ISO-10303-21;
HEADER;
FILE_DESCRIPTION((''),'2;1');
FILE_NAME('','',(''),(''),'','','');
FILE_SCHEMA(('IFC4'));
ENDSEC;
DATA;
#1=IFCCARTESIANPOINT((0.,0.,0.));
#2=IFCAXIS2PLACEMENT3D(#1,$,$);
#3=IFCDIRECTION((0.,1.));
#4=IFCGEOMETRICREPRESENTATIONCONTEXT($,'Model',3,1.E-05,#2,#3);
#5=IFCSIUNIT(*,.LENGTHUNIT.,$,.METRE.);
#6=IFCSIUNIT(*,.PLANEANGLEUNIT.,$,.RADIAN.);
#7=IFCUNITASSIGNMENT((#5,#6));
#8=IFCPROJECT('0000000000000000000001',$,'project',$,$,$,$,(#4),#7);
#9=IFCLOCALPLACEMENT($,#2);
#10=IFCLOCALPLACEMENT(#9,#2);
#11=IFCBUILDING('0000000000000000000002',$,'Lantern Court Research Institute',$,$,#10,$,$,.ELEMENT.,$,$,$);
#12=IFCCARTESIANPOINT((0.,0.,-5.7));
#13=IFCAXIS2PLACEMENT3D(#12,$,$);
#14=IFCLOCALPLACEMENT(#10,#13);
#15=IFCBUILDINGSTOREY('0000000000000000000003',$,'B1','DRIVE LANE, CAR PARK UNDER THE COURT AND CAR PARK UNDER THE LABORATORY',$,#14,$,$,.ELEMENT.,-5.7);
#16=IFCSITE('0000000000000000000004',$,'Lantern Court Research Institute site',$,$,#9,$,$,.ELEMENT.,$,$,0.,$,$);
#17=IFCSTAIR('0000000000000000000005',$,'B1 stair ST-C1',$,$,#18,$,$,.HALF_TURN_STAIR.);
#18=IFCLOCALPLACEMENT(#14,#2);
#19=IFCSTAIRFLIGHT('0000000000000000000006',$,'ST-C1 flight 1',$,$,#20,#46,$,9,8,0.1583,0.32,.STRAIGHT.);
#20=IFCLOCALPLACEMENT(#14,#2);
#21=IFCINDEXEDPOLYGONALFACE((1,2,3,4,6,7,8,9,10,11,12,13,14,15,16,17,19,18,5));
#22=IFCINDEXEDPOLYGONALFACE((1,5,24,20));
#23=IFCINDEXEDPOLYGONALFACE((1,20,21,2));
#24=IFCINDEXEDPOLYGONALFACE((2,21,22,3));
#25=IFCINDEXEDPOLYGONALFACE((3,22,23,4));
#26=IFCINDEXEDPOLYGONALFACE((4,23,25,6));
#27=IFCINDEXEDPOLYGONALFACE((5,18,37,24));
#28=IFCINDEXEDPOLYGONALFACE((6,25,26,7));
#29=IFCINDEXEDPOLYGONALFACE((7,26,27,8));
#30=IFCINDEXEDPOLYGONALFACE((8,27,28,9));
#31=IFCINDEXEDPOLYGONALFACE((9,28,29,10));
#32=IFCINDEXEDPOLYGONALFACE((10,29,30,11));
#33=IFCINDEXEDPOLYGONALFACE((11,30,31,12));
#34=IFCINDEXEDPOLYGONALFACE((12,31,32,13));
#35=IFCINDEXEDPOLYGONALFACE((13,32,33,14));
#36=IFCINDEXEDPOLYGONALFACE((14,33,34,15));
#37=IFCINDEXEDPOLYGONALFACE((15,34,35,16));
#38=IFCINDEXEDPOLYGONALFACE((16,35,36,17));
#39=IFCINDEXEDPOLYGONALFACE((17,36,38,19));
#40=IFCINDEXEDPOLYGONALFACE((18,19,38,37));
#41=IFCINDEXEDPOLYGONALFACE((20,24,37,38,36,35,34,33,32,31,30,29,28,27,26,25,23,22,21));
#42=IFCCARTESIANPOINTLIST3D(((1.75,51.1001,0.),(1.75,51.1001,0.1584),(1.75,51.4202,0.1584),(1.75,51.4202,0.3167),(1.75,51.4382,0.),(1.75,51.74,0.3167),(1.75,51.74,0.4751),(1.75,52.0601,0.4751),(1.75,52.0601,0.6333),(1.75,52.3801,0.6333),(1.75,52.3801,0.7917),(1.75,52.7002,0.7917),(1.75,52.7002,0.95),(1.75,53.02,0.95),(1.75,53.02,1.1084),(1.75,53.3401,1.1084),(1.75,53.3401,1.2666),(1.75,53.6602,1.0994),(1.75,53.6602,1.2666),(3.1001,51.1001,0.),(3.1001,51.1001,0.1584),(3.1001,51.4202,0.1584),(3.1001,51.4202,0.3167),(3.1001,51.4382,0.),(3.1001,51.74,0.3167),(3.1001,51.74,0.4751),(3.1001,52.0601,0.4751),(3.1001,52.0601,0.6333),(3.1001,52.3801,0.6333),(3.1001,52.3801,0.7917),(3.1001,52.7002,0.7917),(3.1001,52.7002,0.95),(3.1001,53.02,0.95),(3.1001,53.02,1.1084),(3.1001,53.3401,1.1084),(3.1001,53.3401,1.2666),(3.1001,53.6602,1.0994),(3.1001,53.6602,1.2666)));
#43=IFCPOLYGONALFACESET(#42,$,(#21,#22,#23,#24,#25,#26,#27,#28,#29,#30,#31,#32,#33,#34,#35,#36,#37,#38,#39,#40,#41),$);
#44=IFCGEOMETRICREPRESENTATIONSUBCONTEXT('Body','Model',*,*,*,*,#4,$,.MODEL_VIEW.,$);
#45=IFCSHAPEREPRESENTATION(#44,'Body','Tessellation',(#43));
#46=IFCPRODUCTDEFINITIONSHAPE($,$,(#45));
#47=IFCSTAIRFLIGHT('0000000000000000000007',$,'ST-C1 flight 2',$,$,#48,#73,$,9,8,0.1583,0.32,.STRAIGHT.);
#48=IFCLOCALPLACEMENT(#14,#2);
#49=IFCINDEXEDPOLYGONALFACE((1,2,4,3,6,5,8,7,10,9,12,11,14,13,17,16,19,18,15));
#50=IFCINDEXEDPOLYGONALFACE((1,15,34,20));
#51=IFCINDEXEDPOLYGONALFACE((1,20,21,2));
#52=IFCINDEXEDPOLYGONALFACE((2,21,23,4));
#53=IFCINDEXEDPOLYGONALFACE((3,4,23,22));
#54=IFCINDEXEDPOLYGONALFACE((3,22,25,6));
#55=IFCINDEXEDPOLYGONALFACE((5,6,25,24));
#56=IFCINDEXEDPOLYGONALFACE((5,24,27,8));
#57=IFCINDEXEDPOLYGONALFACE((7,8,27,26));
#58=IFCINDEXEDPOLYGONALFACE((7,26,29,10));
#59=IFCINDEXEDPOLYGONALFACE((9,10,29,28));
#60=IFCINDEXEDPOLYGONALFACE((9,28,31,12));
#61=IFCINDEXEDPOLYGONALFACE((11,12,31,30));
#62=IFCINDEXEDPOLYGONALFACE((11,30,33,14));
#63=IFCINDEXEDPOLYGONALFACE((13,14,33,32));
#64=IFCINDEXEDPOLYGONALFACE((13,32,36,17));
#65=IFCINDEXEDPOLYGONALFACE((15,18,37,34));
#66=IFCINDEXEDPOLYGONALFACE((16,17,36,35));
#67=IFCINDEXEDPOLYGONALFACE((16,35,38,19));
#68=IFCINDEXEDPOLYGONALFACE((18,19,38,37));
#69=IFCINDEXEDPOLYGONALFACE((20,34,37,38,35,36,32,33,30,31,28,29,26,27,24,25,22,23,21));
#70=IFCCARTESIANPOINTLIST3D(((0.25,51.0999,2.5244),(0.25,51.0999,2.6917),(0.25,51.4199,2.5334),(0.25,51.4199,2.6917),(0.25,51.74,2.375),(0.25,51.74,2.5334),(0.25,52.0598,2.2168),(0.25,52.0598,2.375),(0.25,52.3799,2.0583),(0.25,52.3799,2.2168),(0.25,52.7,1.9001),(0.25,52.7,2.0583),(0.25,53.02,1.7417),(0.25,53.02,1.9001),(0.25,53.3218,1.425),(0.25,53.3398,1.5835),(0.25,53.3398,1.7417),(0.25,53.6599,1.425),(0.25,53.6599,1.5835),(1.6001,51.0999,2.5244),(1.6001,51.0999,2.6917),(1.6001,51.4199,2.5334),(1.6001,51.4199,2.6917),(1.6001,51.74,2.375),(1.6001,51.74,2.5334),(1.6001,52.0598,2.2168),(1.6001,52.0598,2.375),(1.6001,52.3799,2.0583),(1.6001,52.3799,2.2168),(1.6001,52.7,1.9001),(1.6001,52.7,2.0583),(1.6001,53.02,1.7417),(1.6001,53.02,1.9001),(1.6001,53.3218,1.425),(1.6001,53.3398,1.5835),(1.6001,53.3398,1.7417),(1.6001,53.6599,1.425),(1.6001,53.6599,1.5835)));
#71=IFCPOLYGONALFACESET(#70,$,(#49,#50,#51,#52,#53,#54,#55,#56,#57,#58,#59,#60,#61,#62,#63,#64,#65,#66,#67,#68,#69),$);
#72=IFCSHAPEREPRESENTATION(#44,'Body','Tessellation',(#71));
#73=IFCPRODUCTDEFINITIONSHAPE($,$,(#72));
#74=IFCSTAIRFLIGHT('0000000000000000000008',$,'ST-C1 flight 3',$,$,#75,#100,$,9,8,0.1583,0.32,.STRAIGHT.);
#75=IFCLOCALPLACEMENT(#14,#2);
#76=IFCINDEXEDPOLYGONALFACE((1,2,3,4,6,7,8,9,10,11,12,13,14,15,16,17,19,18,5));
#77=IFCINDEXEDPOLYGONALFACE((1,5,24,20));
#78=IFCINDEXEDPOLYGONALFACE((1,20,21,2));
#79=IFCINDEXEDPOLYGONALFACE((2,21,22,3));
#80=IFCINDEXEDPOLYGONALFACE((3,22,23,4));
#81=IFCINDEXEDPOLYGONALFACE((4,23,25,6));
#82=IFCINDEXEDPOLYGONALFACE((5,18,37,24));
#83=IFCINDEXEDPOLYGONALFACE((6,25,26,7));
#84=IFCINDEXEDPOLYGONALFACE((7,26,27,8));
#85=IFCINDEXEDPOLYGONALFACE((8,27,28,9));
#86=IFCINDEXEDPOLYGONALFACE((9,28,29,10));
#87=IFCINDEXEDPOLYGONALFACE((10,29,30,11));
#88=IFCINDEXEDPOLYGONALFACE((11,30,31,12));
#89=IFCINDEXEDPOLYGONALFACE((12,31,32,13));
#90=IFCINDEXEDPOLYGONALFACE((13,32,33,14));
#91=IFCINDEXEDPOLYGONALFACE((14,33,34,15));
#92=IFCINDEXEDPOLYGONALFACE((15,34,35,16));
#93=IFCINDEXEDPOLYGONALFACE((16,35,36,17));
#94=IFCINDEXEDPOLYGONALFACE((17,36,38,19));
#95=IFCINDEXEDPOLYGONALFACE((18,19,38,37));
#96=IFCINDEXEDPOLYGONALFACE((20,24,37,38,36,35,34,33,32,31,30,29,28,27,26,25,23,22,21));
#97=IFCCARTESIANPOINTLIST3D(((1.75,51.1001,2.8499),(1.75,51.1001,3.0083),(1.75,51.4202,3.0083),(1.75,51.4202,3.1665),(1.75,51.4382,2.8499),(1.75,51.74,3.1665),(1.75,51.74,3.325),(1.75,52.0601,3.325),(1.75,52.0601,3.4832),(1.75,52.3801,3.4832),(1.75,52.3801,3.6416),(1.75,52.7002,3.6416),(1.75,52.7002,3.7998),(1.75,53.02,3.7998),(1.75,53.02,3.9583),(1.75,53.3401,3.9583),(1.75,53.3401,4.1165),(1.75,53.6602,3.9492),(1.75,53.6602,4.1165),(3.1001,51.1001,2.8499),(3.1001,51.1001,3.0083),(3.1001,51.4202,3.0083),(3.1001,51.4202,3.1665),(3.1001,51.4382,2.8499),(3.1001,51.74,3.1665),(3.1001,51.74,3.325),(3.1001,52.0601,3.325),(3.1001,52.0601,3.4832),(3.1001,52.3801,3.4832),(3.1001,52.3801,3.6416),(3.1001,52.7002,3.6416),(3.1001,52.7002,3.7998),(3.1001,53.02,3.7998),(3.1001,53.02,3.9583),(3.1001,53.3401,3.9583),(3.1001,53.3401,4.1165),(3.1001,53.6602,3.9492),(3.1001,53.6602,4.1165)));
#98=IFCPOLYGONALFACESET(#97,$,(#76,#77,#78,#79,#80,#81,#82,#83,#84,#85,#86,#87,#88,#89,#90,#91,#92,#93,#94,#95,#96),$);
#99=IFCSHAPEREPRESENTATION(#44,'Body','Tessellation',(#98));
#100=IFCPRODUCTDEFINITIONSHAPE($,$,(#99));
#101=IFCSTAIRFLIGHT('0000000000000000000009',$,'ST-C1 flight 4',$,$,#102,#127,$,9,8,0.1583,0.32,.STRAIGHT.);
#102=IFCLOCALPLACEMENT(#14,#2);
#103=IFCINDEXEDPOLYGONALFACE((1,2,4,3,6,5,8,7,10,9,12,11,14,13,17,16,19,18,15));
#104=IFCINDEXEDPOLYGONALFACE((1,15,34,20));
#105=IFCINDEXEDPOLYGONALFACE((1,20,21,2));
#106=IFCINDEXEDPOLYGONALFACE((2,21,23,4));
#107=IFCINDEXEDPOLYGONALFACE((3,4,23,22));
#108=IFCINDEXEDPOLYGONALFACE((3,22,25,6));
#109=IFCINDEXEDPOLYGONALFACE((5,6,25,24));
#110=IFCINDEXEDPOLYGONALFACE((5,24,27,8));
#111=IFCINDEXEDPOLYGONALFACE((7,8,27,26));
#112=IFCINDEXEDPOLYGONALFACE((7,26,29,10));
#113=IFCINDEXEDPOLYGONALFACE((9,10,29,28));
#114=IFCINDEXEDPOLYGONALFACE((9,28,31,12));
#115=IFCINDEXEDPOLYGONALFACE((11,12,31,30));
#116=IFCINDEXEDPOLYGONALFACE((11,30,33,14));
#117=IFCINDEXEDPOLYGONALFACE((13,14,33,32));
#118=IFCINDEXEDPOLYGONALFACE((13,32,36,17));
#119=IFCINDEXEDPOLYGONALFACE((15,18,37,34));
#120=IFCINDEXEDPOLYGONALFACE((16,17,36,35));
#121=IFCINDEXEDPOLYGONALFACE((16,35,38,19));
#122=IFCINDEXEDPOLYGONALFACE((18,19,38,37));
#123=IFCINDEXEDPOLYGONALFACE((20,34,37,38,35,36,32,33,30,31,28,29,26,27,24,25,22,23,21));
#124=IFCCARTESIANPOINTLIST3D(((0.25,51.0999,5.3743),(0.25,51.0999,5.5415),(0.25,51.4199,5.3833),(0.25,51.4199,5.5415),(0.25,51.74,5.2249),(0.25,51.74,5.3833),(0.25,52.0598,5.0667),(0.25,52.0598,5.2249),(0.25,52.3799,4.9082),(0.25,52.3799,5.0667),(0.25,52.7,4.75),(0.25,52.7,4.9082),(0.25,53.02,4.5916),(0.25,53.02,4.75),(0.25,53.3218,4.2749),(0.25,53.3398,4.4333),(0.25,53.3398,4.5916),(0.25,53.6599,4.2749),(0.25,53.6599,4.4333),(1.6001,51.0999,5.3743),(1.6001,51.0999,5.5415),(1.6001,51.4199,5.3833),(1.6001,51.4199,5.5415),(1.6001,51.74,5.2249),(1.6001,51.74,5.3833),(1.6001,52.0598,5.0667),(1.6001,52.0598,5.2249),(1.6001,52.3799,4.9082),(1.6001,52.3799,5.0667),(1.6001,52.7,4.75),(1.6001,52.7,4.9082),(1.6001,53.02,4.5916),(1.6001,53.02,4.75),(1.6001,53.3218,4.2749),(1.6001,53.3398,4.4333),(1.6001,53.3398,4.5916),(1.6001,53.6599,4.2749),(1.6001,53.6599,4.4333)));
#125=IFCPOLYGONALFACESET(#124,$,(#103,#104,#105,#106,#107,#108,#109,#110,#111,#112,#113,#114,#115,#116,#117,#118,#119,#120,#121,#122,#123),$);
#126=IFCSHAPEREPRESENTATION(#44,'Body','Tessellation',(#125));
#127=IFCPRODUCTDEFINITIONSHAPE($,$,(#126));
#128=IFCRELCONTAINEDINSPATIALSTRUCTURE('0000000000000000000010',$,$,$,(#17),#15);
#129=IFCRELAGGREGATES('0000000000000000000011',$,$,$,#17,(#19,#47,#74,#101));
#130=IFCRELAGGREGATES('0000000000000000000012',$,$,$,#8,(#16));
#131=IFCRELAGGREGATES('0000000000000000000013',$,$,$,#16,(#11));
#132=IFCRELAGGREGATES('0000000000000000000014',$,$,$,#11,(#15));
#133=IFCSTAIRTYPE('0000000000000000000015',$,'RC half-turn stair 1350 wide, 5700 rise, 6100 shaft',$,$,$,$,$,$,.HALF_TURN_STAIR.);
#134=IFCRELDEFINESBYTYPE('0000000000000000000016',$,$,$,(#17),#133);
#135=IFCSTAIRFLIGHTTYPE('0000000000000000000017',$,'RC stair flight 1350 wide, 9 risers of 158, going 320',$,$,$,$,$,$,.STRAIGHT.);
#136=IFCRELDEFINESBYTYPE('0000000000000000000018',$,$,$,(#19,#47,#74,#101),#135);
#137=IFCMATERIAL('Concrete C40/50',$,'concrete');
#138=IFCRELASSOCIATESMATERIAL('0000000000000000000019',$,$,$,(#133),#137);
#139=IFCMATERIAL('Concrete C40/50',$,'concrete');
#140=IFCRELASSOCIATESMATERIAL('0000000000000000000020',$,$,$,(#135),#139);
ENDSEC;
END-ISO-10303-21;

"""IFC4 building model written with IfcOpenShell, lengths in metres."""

from ifc_helpers import new_model, si_unit, direction, frame, origin, place, context, subcontext, project, spatial, polyline, outline, extrude, material, type_object, element, aggregate, save


model = new_model("IFC4")

# Units and contexts
model_context = context("Model", 3, precision=1e-05, world=origin(), true_north=direction((0.0, 1.0)))
body_context = subcontext(model_context, "Body", "Model", "MODEL_VIEW")
ifc_project = project(units=[si_unit("LENGTHUNIT", "METRE"), si_unit("PLANEANGLEUNIT", "RADIAN")], contexts=[model_context])

# Site, building, storey
site_placement = place(None, origin())
site = spatial("IfcSite", under=ifc_project, at=site_placement, Name="Lantern Court Research Institute site", CompositionType="ELEMENT", RefElevation=0.0)
building_placement = place(site_placement, origin())
building = spatial("IfcBuilding", under=site, at=building_placement, Name="Lantern Court Research Institute", CompositionType="ELEMENT")
storey_placement = place(building_placement, frame((0.0, 0.0, -5.7)))
storey = spatial("IfcBuildingStorey", under=building, at=storey_placement, Name="B1", Description="DRIVE LANE, CAR PARK UNDER THE COURT AND CAR PARK UNDER THE LABORATORY", CompositionType="ELEMENT", Elevation=-5.7)

# Stair, stair flights
ifc_material_1 = material(Name="Concrete C40/50", Category="concrete")
stair_type = type_object("IfcStairType", Name="RC half-turn stair 1350 wide, 5700 rise, 6100 shaft", PredefinedType="HALF_TURN_STAIR", material=ifc_material_1)
stair_placement = place(storey_placement, origin())
stair = element("IfcStair", 1, at=stair_placement, inside=storey, type_object=stair_type, Name="B1 stair ST-C1", PredefinedType="HALF_TURN_STAIR")
ifc_material_2 = material(Name="Concrete C40/50", Category="concrete")
stair_flight_type = type_object("IfcStairFlightType", Name="RC stair flight 1350 wide, 9 risers of 158, going 320", PredefinedType="STRAIGHT", material=ifc_material_2)
stair_flight_1_placement = place(storey_placement, frame((2.425, 51.1001, 0.0), z_axis=(0.0, 0.0, 1.0), x_axis=(0.0, 1.0, 0.0)))
stair_flight_1 = element("IfcStairFlight", 2, at=stair_flight_1_placement, type_object=stair_flight_type, Name="ST-C1 flight 1", NumberOfRisers=9, NumberOfTreads=8, PredefinedType="STRAIGHT", RiserHeight=0.1583, TreadLength=0.32, context=body_context, shape_type="SweptSolid", body=[
    extrude(outline(polyline([(0.0, 0.0), (0.0, 0.1584), (0.3201, 0.1584), (0.3201, 0.3167), (0.6399, 0.3167), (0.6399, 0.4751), (0.96, 0.4751), (0.96, 0.6333), (1.28, 0.6333), (1.28, 0.7917), (1.6001, 0.7917), (1.6001, 0.95), (1.9199, 0.95), (1.9199, 1.1084), (2.24, 1.1084), (2.24, 1.2666), (2.5601, 1.2666), (2.5601, 1.425), (2.5601, 1.0994), (0.3381, 0.0), (0.0, 0.0)])), frame((0.0, 0.675, 0.0), z_axis=(0.0, -1.0, 0.0), x_axis=(1.0, 0.0, 0.0)), (0.0, 0.0, 1.0), 1.3501),
])
stair_flight_2_placement = place(storey_placement, frame((0.925, 53.6599, 1.425), z_axis=(0.0, 0.0, 1.0), x_axis=(0.0, -1.0, 0.0)))
stair_flight_2 = element("IfcStairFlight", 3, at=stair_flight_2_placement, type_object=stair_flight_type, Name="ST-C1 flight 2", NumberOfRisers=9, NumberOfTreads=8, PredefinedType="STRAIGHT", RiserHeight=0.1583, TreadLength=0.32, context=body_context, shape_type="SweptSolid", body=[
    extrude(outline(polyline([(0.0, 0.0), (0.0, 0.1584), (0.3201, 0.1584), (0.3201, 0.3167), (0.6399, 0.3167), (0.6399, 0.4751), (0.96, 0.4751), (0.96, 0.6333), (1.28, 0.6333), (1.28, 0.7917), (1.6001, 0.7917), (1.6001, 0.95), (1.9199, 0.95), (1.9199, 1.1084), (2.24, 1.1084), (2.24, 1.2666), (2.5601, 1.2666), (2.5601, 1.425), (2.5601, 1.0994), (0.3381, 0.0), (0.0, 0.0)])), frame((0.0, 0.675, 0.0), z_axis=(0.0, -1.0, 0.0), x_axis=(1.0, 0.0, 0.0)), (0.0, 0.0, 1.0), 1.3501),
])
stair_flight_3_placement = place(storey_placement, frame((2.425, 51.1001, 2.8499), z_axis=(0.0, 0.0, 1.0), x_axis=(0.0, 1.0, 0.0)))
stair_flight_3 = element("IfcStairFlight", 4, at=stair_flight_3_placement, type_object=stair_flight_type, Name="ST-C1 flight 3", NumberOfRisers=9, NumberOfTreads=8, PredefinedType="STRAIGHT", RiserHeight=0.1583, TreadLength=0.32, context=body_context, shape_type="SweptSolid", body=[
    extrude(outline(polyline([(0.0, 0.0), (0.0, 0.1584), (0.3201, 0.1584), (0.3201, 0.3167), (0.6399, 0.3167), (0.6399, 0.4751), (0.96, 0.4751), (0.96, 0.6333), (1.28, 0.6333), (1.28, 0.7917), (1.6001, 0.7917), (1.6001, 0.95), (1.9199, 0.95), (1.9199, 1.1084), (2.24, 1.1084), (2.24, 1.2666), (2.5601, 1.2666), (2.5601, 1.425), (2.5601, 1.0994), (0.3381, 0.0), (0.0, 0.0)])), frame((0.0, 0.675, 0.0), z_axis=(0.0, -1.0, 0.0), x_axis=(1.0, 0.0, 0.0)), (0.0, 0.0, 1.0), 1.3501),
])
stair_flight_4_placement = place(storey_placement, frame((0.925, 53.6599, 4.2749), z_axis=(0.0, 0.0, 1.0), x_axis=(0.0, -1.0, 0.0)))
stair_flight_4 = element("IfcStairFlight", 5, at=stair_flight_4_placement, type_object=stair_flight_type, Name="ST-C1 flight 4", NumberOfRisers=9, NumberOfTreads=8, PredefinedType="STRAIGHT", RiserHeight=0.1583, TreadLength=0.32, context=body_context, shape_type="SweptSolid", body=[
    extrude(outline(polyline([(0.0, 0.0), (0.0, 0.1584), (0.3201, 0.1584), (0.3201, 0.3167), (0.6399, 0.3167), (0.6399, 0.4751), (0.96, 0.4751), (0.96, 0.6333), (1.28, 0.6333), (1.28, 0.7917), (1.6001, 0.7917), (1.6001, 0.95), (1.9199, 0.95), (1.9199, 1.1084), (2.24, 1.1084), (2.24, 1.2666), (2.5601, 1.2666), (2.5601, 1.425), (2.5601, 1.0994), (0.3381, 0.0), (0.0, 0.0)])), frame((0.0, 0.675, 0.0), z_axis=(0.0, -1.0, 0.0), x_axis=(1.0, 0.0, 0.0)), (0.0, 0.0, 1.0), 1.3501),
])
aggregate(stair, [stair_flight_1, stair_flight_2, stair_flight_3, stair_flight_4])

save(model, "model.ifc")
